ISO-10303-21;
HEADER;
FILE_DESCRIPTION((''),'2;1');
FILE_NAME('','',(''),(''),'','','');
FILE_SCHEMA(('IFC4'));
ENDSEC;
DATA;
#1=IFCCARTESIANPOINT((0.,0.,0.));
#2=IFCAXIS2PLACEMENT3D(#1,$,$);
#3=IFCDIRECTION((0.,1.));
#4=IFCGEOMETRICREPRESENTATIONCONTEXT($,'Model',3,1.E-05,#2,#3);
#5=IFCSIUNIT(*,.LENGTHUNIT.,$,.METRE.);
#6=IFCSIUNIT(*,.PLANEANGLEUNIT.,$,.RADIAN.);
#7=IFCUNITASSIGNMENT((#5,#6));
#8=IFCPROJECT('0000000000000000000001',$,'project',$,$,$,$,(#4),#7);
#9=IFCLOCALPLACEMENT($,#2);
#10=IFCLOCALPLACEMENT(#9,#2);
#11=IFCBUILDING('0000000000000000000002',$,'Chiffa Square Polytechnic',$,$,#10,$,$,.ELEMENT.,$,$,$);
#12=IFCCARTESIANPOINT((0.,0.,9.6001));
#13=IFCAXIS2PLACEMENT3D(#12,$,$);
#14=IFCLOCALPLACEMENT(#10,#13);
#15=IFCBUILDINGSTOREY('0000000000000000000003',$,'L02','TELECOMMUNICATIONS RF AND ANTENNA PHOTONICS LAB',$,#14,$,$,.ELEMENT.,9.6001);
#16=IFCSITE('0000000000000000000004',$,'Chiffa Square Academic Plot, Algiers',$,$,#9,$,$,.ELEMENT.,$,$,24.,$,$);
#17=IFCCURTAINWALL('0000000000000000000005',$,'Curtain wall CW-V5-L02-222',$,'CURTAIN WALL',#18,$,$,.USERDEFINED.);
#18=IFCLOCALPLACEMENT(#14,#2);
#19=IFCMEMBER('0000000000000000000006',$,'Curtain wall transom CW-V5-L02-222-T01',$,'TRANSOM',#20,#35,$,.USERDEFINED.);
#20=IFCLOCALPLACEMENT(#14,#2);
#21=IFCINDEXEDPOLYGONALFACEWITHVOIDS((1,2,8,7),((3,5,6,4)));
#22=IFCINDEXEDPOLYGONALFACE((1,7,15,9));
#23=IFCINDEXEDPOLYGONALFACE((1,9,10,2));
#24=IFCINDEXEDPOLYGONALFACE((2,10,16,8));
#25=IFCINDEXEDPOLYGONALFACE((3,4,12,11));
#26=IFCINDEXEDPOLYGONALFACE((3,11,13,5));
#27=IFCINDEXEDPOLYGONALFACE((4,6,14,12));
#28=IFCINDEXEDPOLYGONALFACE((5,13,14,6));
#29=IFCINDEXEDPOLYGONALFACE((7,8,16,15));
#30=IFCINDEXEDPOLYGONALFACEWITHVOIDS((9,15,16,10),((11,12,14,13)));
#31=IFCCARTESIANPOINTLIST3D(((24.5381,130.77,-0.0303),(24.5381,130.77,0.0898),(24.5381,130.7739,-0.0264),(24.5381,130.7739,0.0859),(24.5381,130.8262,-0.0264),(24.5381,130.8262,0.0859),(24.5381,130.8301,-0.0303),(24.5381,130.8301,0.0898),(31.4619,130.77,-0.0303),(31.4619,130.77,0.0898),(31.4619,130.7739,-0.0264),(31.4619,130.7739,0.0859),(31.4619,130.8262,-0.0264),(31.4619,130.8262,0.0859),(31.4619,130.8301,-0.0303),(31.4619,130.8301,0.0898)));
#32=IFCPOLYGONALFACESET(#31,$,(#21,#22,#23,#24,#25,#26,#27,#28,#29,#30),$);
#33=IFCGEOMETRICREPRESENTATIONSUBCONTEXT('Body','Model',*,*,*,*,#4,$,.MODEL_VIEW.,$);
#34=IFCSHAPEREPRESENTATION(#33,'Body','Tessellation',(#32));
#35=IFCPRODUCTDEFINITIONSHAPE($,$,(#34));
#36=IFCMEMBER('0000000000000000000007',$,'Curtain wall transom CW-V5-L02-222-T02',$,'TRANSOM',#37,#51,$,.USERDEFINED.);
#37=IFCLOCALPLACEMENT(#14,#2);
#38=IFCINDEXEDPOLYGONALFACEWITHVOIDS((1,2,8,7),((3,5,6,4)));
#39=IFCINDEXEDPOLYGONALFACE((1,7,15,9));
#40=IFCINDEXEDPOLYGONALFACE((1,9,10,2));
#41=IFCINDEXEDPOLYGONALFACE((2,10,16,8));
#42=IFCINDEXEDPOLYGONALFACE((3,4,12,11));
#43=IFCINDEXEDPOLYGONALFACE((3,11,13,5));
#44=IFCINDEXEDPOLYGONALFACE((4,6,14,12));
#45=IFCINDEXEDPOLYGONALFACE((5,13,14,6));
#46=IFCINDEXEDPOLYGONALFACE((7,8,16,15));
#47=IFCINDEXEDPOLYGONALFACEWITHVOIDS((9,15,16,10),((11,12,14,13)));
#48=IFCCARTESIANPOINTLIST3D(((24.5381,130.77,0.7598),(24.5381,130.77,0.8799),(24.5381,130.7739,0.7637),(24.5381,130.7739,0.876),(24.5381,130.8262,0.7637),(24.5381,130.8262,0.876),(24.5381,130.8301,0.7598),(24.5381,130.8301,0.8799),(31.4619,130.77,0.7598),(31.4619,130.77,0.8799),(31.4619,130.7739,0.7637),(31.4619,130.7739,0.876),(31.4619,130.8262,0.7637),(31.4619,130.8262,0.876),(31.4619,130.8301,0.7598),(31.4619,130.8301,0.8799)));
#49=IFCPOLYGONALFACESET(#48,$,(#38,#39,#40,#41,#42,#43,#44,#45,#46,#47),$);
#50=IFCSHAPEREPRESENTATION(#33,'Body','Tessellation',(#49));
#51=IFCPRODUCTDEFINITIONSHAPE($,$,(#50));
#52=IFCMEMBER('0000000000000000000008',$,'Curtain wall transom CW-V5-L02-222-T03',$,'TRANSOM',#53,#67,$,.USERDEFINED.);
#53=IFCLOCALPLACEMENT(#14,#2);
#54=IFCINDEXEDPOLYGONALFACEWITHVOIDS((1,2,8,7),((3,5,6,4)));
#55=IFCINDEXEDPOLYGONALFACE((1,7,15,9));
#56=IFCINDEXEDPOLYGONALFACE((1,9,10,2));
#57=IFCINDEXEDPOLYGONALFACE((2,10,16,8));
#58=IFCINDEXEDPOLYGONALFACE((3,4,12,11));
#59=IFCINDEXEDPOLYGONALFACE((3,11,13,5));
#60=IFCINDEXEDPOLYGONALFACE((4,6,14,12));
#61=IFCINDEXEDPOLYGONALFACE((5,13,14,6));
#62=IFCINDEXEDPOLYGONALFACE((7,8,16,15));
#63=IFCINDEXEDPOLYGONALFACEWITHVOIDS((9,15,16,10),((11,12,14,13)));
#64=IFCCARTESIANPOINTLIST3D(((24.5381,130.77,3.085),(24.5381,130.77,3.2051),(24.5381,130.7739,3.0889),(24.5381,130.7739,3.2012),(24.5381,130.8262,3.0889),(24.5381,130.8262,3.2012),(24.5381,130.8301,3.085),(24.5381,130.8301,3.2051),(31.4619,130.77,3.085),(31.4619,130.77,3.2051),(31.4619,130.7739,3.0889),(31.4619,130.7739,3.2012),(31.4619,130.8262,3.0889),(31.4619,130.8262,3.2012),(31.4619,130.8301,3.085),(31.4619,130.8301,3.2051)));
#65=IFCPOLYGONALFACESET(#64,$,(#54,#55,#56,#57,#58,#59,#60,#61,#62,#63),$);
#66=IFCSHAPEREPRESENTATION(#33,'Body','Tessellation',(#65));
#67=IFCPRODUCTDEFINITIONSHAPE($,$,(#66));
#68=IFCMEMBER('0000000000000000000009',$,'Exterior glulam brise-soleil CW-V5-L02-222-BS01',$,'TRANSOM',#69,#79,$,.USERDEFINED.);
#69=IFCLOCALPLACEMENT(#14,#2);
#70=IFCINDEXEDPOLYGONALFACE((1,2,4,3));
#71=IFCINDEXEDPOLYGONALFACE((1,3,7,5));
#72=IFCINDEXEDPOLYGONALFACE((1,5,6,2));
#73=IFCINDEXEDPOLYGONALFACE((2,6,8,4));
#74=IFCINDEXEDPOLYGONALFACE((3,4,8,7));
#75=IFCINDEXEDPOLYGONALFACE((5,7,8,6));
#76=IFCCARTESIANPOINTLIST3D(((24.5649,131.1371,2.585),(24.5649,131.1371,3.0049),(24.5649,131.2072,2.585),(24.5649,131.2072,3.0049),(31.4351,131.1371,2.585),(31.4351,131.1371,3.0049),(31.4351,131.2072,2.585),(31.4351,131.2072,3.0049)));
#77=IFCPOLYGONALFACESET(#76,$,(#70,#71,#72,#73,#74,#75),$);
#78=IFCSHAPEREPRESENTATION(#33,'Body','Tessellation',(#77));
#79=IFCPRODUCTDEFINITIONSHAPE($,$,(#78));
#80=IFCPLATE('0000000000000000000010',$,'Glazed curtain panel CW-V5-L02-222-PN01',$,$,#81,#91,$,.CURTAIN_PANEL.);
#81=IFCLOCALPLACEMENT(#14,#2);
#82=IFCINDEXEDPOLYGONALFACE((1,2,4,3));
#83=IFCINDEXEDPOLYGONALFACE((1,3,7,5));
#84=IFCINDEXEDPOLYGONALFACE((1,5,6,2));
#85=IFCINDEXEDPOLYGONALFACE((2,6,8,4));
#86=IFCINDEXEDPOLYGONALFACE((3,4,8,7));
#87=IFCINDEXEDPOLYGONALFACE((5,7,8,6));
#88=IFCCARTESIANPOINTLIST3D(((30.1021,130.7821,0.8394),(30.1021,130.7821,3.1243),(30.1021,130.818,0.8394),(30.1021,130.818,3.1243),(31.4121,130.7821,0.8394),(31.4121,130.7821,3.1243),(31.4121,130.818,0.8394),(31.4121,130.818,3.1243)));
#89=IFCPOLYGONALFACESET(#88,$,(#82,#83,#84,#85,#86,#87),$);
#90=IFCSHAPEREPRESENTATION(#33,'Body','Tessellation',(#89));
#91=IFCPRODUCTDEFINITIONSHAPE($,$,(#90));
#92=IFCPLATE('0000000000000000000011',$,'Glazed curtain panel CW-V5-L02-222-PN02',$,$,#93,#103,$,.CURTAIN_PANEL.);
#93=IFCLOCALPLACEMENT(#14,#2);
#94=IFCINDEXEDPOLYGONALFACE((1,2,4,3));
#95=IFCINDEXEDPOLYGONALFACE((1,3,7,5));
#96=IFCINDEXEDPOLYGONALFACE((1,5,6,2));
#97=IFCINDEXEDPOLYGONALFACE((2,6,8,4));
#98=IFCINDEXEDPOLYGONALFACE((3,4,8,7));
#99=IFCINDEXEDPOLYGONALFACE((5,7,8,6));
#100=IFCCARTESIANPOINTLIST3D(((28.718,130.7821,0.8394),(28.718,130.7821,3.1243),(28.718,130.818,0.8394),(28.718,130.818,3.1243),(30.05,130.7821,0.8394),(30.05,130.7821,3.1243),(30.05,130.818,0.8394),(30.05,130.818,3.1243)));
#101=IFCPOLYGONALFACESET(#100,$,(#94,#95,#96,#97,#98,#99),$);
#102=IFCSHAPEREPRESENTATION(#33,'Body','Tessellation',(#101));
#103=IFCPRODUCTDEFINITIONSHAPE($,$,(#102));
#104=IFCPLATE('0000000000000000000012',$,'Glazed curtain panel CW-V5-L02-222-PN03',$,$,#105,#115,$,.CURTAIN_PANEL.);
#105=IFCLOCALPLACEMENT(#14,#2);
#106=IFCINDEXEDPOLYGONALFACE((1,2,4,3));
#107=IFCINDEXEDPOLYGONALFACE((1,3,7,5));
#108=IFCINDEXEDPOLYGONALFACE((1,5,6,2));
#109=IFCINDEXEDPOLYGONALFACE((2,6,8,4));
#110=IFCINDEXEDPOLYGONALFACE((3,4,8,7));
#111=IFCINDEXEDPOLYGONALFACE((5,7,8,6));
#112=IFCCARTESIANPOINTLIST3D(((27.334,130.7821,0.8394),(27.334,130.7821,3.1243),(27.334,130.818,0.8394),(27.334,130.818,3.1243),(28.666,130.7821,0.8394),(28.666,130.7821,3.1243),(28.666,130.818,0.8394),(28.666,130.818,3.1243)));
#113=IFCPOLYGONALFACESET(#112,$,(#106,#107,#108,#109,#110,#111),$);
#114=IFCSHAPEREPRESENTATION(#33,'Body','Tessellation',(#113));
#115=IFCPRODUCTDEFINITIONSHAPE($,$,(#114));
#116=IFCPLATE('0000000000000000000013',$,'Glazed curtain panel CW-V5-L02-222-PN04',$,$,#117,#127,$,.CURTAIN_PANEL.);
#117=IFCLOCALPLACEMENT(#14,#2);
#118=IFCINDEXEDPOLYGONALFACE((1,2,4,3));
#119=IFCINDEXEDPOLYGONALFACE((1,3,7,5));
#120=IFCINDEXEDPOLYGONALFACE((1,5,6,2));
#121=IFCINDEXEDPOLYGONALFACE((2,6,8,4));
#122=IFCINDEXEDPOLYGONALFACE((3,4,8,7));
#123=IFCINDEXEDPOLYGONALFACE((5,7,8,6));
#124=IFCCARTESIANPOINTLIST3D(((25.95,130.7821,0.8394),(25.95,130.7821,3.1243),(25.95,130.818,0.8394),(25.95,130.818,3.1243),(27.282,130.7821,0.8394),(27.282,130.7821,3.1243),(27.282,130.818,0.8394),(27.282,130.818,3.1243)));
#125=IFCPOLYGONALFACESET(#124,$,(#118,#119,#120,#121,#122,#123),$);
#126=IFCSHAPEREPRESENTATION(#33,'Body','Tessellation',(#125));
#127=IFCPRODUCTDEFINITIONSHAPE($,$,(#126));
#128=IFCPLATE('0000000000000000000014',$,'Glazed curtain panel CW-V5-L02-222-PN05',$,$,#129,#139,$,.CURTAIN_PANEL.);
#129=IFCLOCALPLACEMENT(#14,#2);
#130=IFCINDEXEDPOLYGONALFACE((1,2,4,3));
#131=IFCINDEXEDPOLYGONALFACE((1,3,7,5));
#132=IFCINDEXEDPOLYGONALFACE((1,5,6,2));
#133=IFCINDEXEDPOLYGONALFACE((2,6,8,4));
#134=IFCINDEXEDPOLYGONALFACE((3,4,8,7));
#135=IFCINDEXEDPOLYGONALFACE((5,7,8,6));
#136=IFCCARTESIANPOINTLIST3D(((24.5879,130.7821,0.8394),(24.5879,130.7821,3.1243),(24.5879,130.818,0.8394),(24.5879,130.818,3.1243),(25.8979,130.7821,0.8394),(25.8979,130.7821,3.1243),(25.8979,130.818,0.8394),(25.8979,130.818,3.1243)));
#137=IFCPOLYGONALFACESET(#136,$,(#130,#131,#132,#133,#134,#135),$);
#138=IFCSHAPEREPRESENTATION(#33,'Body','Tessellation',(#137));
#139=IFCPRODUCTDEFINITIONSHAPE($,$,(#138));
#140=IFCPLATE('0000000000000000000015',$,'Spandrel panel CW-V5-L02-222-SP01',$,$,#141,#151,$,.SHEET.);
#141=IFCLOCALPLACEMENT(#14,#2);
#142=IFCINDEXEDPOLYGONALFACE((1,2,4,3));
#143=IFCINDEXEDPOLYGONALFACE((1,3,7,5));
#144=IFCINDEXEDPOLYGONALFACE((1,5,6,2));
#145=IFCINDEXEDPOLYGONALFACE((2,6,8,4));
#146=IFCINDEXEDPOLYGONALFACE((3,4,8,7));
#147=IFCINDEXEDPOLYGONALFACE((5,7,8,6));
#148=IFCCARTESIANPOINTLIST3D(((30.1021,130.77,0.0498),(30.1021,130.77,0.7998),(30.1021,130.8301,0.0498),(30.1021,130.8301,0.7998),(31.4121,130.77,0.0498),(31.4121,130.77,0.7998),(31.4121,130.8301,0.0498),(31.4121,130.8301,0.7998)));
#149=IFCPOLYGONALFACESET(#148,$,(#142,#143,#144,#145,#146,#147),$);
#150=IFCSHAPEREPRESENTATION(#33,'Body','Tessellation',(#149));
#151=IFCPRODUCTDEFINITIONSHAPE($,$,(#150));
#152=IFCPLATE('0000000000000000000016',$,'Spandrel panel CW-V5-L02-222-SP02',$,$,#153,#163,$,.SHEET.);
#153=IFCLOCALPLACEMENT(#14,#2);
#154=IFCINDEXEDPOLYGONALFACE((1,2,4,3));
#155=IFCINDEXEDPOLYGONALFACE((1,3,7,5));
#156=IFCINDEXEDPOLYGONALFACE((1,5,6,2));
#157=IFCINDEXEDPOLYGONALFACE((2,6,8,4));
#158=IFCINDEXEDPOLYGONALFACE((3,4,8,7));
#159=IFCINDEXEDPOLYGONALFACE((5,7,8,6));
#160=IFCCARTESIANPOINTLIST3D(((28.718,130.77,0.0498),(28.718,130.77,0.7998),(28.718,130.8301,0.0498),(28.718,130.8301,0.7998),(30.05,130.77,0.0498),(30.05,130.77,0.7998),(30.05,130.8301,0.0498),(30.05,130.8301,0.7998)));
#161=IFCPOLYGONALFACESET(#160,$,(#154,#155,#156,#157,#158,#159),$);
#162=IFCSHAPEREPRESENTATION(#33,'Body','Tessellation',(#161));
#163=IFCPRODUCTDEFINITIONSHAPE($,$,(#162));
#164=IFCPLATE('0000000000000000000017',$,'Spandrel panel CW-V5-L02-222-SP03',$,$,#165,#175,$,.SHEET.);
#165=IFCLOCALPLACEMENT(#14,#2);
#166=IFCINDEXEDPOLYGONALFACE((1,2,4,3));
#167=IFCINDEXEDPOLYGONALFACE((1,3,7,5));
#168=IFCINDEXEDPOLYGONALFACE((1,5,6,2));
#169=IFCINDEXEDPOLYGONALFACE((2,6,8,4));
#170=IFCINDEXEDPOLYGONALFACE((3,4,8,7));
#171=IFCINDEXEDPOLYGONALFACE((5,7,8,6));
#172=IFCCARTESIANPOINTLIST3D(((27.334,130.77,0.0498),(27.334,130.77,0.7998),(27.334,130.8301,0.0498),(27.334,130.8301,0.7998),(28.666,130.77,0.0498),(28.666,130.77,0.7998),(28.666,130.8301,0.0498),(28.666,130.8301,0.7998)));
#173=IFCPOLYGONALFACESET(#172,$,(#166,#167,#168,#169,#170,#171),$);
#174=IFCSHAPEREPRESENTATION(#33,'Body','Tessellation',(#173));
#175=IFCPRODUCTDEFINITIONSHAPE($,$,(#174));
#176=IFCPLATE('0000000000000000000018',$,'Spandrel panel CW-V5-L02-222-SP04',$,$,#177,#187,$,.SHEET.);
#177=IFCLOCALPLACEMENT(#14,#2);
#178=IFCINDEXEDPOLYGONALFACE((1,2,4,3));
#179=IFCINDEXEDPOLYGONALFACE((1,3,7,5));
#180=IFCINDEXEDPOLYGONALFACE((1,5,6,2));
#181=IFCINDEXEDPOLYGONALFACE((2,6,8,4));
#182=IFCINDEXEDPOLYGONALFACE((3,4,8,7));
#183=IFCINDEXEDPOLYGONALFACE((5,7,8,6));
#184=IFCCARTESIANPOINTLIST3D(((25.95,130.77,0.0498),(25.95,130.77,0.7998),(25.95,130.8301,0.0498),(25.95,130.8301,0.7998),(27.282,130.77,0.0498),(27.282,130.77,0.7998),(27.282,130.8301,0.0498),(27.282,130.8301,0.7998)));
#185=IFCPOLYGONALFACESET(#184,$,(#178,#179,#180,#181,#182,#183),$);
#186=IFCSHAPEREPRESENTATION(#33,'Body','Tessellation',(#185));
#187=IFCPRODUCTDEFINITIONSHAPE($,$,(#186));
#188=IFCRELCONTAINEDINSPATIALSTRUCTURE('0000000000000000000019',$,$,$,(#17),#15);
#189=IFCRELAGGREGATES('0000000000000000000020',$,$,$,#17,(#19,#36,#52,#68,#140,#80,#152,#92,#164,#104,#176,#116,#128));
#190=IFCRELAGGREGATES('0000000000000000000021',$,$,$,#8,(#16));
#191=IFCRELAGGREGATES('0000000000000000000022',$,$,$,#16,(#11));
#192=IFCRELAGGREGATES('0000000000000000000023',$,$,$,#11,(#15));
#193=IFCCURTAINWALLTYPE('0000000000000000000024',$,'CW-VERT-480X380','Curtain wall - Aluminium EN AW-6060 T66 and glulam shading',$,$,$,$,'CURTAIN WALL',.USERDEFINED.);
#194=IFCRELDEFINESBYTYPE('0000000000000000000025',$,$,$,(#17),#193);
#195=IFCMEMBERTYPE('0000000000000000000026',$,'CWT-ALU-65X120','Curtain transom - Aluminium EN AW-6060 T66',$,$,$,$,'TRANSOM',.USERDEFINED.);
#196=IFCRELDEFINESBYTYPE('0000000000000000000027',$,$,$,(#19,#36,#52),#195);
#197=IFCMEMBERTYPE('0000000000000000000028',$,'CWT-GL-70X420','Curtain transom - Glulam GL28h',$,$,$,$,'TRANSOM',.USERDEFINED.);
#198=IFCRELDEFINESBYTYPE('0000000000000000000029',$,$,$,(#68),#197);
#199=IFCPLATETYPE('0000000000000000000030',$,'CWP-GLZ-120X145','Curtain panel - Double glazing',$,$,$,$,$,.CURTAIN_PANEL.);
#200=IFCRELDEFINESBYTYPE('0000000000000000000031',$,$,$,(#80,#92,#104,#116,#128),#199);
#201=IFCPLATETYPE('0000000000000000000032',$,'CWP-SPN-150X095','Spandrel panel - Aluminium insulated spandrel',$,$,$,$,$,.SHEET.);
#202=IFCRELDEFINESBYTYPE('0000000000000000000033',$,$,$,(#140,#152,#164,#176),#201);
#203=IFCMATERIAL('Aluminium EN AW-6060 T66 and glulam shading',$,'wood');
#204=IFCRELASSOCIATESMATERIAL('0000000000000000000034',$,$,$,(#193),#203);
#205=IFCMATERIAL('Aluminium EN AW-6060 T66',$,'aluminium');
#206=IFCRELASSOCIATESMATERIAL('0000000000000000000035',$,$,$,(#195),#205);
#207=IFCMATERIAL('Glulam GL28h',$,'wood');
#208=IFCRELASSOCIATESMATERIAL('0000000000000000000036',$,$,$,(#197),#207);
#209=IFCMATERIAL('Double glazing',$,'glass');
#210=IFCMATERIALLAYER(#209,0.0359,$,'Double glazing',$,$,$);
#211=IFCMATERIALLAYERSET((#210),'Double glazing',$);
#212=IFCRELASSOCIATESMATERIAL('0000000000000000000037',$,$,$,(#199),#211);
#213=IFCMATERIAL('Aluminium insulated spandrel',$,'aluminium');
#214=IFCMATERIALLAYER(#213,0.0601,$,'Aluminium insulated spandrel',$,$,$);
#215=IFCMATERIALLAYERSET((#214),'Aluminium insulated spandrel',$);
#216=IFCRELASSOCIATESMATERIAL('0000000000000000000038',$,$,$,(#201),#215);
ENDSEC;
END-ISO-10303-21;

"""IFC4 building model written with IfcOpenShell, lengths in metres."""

from ifc_helpers import new_model, si_unit, direction, frame, origin, origin_2d, place, context, subcontext, project, spatial, rectangle, hollow_rectangle, extrude, material, layer, layer_set, material_profile, profile_set, type_object, element, aggregate, save


model = new_model("IFC4")

# Units and contexts
model_context = context("Model", 3, precision=1e-05, world=origin(), true_north=direction((0.0, 1.0)))
body_context = subcontext(model_context, "Body", "Model", "MODEL_VIEW")
ifc_project = project(units=[si_unit("LENGTHUNIT", "METRE"), si_unit("PLANEANGLEUNIT", "RADIAN")], contexts=[model_context])

# Site, building, storey
site_placement = place(None, origin())
site = spatial("IfcSite", under=ifc_project, at=site_placement, Name="Chiffa Square Academic Plot, Algiers", CompositionType="ELEMENT", RefElevation=24.0)
building_placement = place(site_placement, origin())
building = spatial("IfcBuilding", under=site, at=building_placement, Name="Chiffa Square Polytechnic", CompositionType="ELEMENT")
storey_placement = place(building_placement, frame((0.0, 0.0, 9.6001)))
storey = spatial("IfcBuildingStorey", under=building, at=storey_placement, Name="L02", Description="TELECOMMUNICATIONS RF AND ANTENNA PHOTONICS LAB", CompositionType="ELEMENT", Elevation=9.6001)

# Curtain wall, members, plates
ifc_material_1 = material(Name="Aluminium EN AW-6060 T66 and glulam shading", Category="wood")
curtain_wall_type = type_object("IfcCurtainWallType", Name="CW-VERT-480X380", Description="Curtain wall - Aluminium EN AW-6060 T66 and glulam shading", ElementType="CURTAIN WALL", PredefinedType="USERDEFINED", material=ifc_material_1)
curtain_wall_placement = place(storey_placement, origin())
curtain_wall = element("IfcCurtainWall", 1, at=curtain_wall_placement, inside=storey, type_object=curtain_wall_type, Name="Curtain wall CW-V5-L02-222", ObjectType="CURTAIN WALL", PredefinedType="USERDEFINED")
ifc_material_2 = material(Name="Aluminium EN AW-6060 T66", Category="aluminium")
ifc_material_3 = material(Name="Glulam GL28h", Category="wood")
ifc_material_profile_1 = material_profile(ifc_material_2, hollow_rectangle(XDim=0.0601, YDim=0.1201, WallThickness=0.0039, at=origin_2d()), Name="ALU 60x120x4")
ifc_profile_set_1 = profile_set([ifc_material_profile_1], Name="Aluminium EN AW-6060 T66")
member_type_1 = type_object("IfcMemberType", Name="CWT-ALU-65X120", Description="Curtain transom - Aluminium EN AW-6060 T66", ElementType="TRANSOM", PredefinedType="USERDEFINED", material=ifc_profile_set_1)
member_1_placement = place(storey_placement, frame((31.4619, 130.8, 0.0298), z_axis=(-1.0, 0.0, 0.0), x_axis=(0.0, -1.0, 0.0)))
member_1 = element("IfcMember", 2, at=member_1_placement, type_object=member_type_1, Name="Curtain wall transom CW-V5-L02-222-T01", ObjectType="TRANSOM", PredefinedType="USERDEFINED", context=body_context, shape_type="SweptSolid", body=[
    extrude(hollow_rectangle(XDim=0.0601, YDim=0.1201, WallThickness=0.0039, at=origin_2d()), origin(), (0.0, 0.0, 1.0), 6.9238),
])
member_2_placement = place(storey_placement, frame((31.4619, 130.8, 0.8198), z_axis=(-1.0, 0.0, 0.0), x_axis=(0.0, -1.0, 0.0)))
member_2 = element("IfcMember", 3, at=member_2_placement, type_object=member_type_1, Name="Curtain wall transom CW-V5-L02-222-T02", ObjectType="TRANSOM", PredefinedType="USERDEFINED", context=body_context, shape_type="SweptSolid", body=[
    extrude(hollow_rectangle(XDim=0.0601, YDim=0.1201, WallThickness=0.0039, at=origin_2d()), origin(), (0.0, 0.0, 1.0), 6.9238),
])
member_3_placement = place(storey_placement, frame((31.4619, 130.8, 3.145), z_axis=(-1.0, 0.0, 0.0), x_axis=(0.0, -1.0, 0.0)))
member_3 = element("IfcMember", 4, at=member_3_placement, type_object=member_type_1, Name="Curtain wall transom CW-V5-L02-222-T03", ObjectType="TRANSOM", PredefinedType="USERDEFINED", context=body_context, shape_type="SweptSolid", body=[
    extrude(hollow_rectangle(XDim=0.0601, YDim=0.1201, WallThickness=0.0039, at=origin_2d()), origin(), (0.0, 0.0, 1.0), 6.9238),
])
ifc_material_profile_2 = material_profile(ifc_material_3, rectangle(XDim=0.0701, YDim=0.4199, at=origin_2d()), Name="GL28h 70x420")
ifc_profile_set_2 = profile_set([ifc_material_profile_2], Name="Glulam GL28h")
member_type_2 = type_object("IfcMemberType", Name="CWT-GL-70X420", Description="Curtain transom - Glulam GL28h", ElementType="TRANSOM", PredefinedType="USERDEFINED", material=ifc_profile_set_2)
member_4_placement = place(storey_placement, frame((31.4351, 131.1721, 2.7949), z_axis=(-1.0, 0.0, 0.0), x_axis=(0.0, -1.0, 0.0)))
member_4 = element("IfcMember", 5, at=member_4_placement, type_object=member_type_2, Name="Exterior glulam brise-soleil CW-V5-L02-222-BS01", ObjectType="TRANSOM", PredefinedType="USERDEFINED", context=body_context, shape_type="SweptSolid", body=[
    extrude(rectangle(XDim=0.0701, YDim=0.4199, at=origin_2d()), origin(), (0.0, 0.0, 1.0), 6.8701),
])
ifc_material_4 = material(Name="Double glazing", Category="glass")
ifc_layer_1 = layer(ifc_material_4, 0.0359, Name="Double glazing")
ifc_layer_set_1 = layer_set([ifc_layer_1], Name="Double glazing")
plate_type_1 = type_object("IfcPlateType", Name="CWP-GLZ-120X145", Description="Curtain panel - Double glazing", PredefinedType="CURTAIN_PANEL", material=ifc_layer_set_1)
plate_1_placement = place(storey_placement, frame((30.7571, 130.8, 0.8394), z_axis=(0.0, 0.0, 1.0), x_axis=(-1.0, 0.0, 0.0)))
plate_1 = element("IfcPlate", 6, at=plate_1_placement, type_object=plate_type_1, Name="Glazed curtain panel CW-V5-L02-222-PN01", PredefinedType="CURTAIN_PANEL", context=body_context, shape_type="SweptSolid", body=[
    extrude(rectangle(XDim=1.3101, YDim=0.0359, at=origin_2d()), origin(), (0.0, 0.0, 1.0), 2.2849),
])
plate_2_placement = place(storey_placement, frame((29.384, 130.8, 0.8394), z_axis=(0.0, 0.0, 1.0), x_axis=(-1.0, 0.0, 0.0)))
plate_2 = element("IfcPlate", 7, at=plate_2_placement, type_object=plate_type_1, Name="Glazed curtain panel CW-V5-L02-222-PN02", PredefinedType="CURTAIN_PANEL", context=body_context, shape_type="SweptSolid", body=[
    extrude(rectangle(XDim=1.332, YDim=0.0359, at=origin_2d()), origin(), (0.0, 0.0, 1.0), 2.2849),
])
plate_3_placement = place(storey_placement, frame((28.0, 130.8, 0.8394), z_axis=(0.0, 0.0, 1.0), x_axis=(-1.0, 0.0, 0.0)))
plate_3 = element("IfcPlate", 8, at=plate_3_placement, type_object=plate_type_1, Name="Glazed curtain panel CW-V5-L02-222-PN03", PredefinedType="CURTAIN_PANEL", context=body_context, shape_type="SweptSolid", body=[
    extrude(rectangle(XDim=1.332, YDim=0.0359, at=origin_2d()), origin(), (0.0, 0.0, 1.0), 2.2849),
])
plate_4_placement = place(storey_placement, frame((26.616, 130.8, 0.8394), z_axis=(0.0, 0.0, 1.0), x_axis=(-1.0, 0.0, 0.0)))
plate_4 = element("IfcPlate", 9, at=plate_4_placement, type_object=plate_type_1, Name="Glazed curtain panel CW-V5-L02-222-PN04", PredefinedType="CURTAIN_PANEL", context=body_context, shape_type="SweptSolid", body=[
    extrude(rectangle(XDim=1.332, YDim=0.0359, at=origin_2d()), origin(), (0.0, 0.0, 1.0), 2.2849),
])
plate_5_placement = place(storey_placement, frame((25.2429, 130.8, 0.8394), z_axis=(0.0, 0.0, 1.0), x_axis=(-1.0, 0.0, 0.0)))
plate_5 = element("IfcPlate", 10, at=plate_5_placement, type_object=plate_type_1, Name="Glazed curtain panel CW-V5-L02-222-PN05", PredefinedType="CURTAIN_PANEL", context=body_context, shape_type="SweptSolid", body=[
    extrude(rectangle(XDim=1.3101, YDim=0.0359, at=origin_2d()), origin(), (0.0, 0.0, 1.0), 2.2849),
])
ifc_material_5 = material(Name="Aluminium insulated spandrel", Category="aluminium")
ifc_layer_2 = layer(ifc_material_5, 0.0601, Name="Aluminium insulated spandrel")
ifc_layer_set_2 = layer_set([ifc_layer_2], Name="Aluminium insulated spandrel")
plate_type_2 = type_object("IfcPlateType", Name="CWP-SPN-150X095", Description="Spandrel panel - Aluminium insulated spandrel", PredefinedType="SHEET", material=ifc_layer_set_2)
plate_6_placement = place(storey_placement, frame((30.7571, 130.8, 0.0498), z_axis=(0.0, 0.0, 1.0), x_axis=(-1.0, 0.0, 0.0)))
plate_6 = element("IfcPlate", 11, at=plate_6_placement, type_object=plate_type_2, Name="Spandrel panel CW-V5-L02-222-SP01", PredefinedType="SHEET", context=body_context, shape_type="SweptSolid", body=[
    extrude(rectangle(XDim=1.3101, YDim=0.0601, at=origin_2d()), origin(), (0.0, 0.0, 1.0), 0.75),
])
plate_7_placement = place(storey_placement, frame((29.384, 130.8, 0.0498), z_axis=(0.0, 0.0, 1.0), x_axis=(-1.0, 0.0, 0.0)))
plate_7 = element("IfcPlate", 12, at=plate_7_placement, type_object=plate_type_2, Name="Spandrel panel CW-V5-L02-222-SP02", PredefinedType="SHEET", context=body_context, shape_type="SweptSolid", body=[
    extrude(rectangle(XDim=1.332, YDim=0.0601, at=origin_2d()), origin(), (0.0, 0.0, 1.0), 0.75),
])
plate_8_placement = place(storey_placement, frame((28.0, 130.8, 0.0498), z_axis=(0.0, 0.0, 1.0), x_axis=(-1.0, 0.0, 0.0)))
plate_8 = element("IfcPlate", 13, at=plate_8_placement, type_object=plate_type_2, Name="Spandrel panel CW-V5-L02-222-SP03", PredefinedType="SHEET", context=body_context, shape_type="SweptSolid", body=[
    extrude(rectangle(XDim=1.332, YDim=0.0601, at=origin_2d()), origin(), (0.0, 0.0, 1.0), 0.75),
])
plate_9_placement = place(storey_placement, frame((26.616, 130.8, 0.0498), z_axis=(0.0, 0.0, 1.0), x_axis=(-1.0, 0.0, 0.0)))
plate_9 = element("IfcPlate", 14, at=plate_9_placement, type_object=plate_type_2, Name="Spandrel panel CW-V5-L02-222-SP04", PredefinedType="SHEET", context=body_context, shape_type="SweptSolid", body=[
    extrude(rectangle(XDim=1.332, YDim=0.0601, at=origin_2d()), origin(), (0.0, 0.0, 1.0), 0.75),
])
aggregate(curtain_wall, [member_1, member_2, member_3, member_4, plate_6, plate_1, plate_7, plate_2, plate_8, plate_3, plate_9, plate_4, plate_5])

save(model, "model.ifc")
